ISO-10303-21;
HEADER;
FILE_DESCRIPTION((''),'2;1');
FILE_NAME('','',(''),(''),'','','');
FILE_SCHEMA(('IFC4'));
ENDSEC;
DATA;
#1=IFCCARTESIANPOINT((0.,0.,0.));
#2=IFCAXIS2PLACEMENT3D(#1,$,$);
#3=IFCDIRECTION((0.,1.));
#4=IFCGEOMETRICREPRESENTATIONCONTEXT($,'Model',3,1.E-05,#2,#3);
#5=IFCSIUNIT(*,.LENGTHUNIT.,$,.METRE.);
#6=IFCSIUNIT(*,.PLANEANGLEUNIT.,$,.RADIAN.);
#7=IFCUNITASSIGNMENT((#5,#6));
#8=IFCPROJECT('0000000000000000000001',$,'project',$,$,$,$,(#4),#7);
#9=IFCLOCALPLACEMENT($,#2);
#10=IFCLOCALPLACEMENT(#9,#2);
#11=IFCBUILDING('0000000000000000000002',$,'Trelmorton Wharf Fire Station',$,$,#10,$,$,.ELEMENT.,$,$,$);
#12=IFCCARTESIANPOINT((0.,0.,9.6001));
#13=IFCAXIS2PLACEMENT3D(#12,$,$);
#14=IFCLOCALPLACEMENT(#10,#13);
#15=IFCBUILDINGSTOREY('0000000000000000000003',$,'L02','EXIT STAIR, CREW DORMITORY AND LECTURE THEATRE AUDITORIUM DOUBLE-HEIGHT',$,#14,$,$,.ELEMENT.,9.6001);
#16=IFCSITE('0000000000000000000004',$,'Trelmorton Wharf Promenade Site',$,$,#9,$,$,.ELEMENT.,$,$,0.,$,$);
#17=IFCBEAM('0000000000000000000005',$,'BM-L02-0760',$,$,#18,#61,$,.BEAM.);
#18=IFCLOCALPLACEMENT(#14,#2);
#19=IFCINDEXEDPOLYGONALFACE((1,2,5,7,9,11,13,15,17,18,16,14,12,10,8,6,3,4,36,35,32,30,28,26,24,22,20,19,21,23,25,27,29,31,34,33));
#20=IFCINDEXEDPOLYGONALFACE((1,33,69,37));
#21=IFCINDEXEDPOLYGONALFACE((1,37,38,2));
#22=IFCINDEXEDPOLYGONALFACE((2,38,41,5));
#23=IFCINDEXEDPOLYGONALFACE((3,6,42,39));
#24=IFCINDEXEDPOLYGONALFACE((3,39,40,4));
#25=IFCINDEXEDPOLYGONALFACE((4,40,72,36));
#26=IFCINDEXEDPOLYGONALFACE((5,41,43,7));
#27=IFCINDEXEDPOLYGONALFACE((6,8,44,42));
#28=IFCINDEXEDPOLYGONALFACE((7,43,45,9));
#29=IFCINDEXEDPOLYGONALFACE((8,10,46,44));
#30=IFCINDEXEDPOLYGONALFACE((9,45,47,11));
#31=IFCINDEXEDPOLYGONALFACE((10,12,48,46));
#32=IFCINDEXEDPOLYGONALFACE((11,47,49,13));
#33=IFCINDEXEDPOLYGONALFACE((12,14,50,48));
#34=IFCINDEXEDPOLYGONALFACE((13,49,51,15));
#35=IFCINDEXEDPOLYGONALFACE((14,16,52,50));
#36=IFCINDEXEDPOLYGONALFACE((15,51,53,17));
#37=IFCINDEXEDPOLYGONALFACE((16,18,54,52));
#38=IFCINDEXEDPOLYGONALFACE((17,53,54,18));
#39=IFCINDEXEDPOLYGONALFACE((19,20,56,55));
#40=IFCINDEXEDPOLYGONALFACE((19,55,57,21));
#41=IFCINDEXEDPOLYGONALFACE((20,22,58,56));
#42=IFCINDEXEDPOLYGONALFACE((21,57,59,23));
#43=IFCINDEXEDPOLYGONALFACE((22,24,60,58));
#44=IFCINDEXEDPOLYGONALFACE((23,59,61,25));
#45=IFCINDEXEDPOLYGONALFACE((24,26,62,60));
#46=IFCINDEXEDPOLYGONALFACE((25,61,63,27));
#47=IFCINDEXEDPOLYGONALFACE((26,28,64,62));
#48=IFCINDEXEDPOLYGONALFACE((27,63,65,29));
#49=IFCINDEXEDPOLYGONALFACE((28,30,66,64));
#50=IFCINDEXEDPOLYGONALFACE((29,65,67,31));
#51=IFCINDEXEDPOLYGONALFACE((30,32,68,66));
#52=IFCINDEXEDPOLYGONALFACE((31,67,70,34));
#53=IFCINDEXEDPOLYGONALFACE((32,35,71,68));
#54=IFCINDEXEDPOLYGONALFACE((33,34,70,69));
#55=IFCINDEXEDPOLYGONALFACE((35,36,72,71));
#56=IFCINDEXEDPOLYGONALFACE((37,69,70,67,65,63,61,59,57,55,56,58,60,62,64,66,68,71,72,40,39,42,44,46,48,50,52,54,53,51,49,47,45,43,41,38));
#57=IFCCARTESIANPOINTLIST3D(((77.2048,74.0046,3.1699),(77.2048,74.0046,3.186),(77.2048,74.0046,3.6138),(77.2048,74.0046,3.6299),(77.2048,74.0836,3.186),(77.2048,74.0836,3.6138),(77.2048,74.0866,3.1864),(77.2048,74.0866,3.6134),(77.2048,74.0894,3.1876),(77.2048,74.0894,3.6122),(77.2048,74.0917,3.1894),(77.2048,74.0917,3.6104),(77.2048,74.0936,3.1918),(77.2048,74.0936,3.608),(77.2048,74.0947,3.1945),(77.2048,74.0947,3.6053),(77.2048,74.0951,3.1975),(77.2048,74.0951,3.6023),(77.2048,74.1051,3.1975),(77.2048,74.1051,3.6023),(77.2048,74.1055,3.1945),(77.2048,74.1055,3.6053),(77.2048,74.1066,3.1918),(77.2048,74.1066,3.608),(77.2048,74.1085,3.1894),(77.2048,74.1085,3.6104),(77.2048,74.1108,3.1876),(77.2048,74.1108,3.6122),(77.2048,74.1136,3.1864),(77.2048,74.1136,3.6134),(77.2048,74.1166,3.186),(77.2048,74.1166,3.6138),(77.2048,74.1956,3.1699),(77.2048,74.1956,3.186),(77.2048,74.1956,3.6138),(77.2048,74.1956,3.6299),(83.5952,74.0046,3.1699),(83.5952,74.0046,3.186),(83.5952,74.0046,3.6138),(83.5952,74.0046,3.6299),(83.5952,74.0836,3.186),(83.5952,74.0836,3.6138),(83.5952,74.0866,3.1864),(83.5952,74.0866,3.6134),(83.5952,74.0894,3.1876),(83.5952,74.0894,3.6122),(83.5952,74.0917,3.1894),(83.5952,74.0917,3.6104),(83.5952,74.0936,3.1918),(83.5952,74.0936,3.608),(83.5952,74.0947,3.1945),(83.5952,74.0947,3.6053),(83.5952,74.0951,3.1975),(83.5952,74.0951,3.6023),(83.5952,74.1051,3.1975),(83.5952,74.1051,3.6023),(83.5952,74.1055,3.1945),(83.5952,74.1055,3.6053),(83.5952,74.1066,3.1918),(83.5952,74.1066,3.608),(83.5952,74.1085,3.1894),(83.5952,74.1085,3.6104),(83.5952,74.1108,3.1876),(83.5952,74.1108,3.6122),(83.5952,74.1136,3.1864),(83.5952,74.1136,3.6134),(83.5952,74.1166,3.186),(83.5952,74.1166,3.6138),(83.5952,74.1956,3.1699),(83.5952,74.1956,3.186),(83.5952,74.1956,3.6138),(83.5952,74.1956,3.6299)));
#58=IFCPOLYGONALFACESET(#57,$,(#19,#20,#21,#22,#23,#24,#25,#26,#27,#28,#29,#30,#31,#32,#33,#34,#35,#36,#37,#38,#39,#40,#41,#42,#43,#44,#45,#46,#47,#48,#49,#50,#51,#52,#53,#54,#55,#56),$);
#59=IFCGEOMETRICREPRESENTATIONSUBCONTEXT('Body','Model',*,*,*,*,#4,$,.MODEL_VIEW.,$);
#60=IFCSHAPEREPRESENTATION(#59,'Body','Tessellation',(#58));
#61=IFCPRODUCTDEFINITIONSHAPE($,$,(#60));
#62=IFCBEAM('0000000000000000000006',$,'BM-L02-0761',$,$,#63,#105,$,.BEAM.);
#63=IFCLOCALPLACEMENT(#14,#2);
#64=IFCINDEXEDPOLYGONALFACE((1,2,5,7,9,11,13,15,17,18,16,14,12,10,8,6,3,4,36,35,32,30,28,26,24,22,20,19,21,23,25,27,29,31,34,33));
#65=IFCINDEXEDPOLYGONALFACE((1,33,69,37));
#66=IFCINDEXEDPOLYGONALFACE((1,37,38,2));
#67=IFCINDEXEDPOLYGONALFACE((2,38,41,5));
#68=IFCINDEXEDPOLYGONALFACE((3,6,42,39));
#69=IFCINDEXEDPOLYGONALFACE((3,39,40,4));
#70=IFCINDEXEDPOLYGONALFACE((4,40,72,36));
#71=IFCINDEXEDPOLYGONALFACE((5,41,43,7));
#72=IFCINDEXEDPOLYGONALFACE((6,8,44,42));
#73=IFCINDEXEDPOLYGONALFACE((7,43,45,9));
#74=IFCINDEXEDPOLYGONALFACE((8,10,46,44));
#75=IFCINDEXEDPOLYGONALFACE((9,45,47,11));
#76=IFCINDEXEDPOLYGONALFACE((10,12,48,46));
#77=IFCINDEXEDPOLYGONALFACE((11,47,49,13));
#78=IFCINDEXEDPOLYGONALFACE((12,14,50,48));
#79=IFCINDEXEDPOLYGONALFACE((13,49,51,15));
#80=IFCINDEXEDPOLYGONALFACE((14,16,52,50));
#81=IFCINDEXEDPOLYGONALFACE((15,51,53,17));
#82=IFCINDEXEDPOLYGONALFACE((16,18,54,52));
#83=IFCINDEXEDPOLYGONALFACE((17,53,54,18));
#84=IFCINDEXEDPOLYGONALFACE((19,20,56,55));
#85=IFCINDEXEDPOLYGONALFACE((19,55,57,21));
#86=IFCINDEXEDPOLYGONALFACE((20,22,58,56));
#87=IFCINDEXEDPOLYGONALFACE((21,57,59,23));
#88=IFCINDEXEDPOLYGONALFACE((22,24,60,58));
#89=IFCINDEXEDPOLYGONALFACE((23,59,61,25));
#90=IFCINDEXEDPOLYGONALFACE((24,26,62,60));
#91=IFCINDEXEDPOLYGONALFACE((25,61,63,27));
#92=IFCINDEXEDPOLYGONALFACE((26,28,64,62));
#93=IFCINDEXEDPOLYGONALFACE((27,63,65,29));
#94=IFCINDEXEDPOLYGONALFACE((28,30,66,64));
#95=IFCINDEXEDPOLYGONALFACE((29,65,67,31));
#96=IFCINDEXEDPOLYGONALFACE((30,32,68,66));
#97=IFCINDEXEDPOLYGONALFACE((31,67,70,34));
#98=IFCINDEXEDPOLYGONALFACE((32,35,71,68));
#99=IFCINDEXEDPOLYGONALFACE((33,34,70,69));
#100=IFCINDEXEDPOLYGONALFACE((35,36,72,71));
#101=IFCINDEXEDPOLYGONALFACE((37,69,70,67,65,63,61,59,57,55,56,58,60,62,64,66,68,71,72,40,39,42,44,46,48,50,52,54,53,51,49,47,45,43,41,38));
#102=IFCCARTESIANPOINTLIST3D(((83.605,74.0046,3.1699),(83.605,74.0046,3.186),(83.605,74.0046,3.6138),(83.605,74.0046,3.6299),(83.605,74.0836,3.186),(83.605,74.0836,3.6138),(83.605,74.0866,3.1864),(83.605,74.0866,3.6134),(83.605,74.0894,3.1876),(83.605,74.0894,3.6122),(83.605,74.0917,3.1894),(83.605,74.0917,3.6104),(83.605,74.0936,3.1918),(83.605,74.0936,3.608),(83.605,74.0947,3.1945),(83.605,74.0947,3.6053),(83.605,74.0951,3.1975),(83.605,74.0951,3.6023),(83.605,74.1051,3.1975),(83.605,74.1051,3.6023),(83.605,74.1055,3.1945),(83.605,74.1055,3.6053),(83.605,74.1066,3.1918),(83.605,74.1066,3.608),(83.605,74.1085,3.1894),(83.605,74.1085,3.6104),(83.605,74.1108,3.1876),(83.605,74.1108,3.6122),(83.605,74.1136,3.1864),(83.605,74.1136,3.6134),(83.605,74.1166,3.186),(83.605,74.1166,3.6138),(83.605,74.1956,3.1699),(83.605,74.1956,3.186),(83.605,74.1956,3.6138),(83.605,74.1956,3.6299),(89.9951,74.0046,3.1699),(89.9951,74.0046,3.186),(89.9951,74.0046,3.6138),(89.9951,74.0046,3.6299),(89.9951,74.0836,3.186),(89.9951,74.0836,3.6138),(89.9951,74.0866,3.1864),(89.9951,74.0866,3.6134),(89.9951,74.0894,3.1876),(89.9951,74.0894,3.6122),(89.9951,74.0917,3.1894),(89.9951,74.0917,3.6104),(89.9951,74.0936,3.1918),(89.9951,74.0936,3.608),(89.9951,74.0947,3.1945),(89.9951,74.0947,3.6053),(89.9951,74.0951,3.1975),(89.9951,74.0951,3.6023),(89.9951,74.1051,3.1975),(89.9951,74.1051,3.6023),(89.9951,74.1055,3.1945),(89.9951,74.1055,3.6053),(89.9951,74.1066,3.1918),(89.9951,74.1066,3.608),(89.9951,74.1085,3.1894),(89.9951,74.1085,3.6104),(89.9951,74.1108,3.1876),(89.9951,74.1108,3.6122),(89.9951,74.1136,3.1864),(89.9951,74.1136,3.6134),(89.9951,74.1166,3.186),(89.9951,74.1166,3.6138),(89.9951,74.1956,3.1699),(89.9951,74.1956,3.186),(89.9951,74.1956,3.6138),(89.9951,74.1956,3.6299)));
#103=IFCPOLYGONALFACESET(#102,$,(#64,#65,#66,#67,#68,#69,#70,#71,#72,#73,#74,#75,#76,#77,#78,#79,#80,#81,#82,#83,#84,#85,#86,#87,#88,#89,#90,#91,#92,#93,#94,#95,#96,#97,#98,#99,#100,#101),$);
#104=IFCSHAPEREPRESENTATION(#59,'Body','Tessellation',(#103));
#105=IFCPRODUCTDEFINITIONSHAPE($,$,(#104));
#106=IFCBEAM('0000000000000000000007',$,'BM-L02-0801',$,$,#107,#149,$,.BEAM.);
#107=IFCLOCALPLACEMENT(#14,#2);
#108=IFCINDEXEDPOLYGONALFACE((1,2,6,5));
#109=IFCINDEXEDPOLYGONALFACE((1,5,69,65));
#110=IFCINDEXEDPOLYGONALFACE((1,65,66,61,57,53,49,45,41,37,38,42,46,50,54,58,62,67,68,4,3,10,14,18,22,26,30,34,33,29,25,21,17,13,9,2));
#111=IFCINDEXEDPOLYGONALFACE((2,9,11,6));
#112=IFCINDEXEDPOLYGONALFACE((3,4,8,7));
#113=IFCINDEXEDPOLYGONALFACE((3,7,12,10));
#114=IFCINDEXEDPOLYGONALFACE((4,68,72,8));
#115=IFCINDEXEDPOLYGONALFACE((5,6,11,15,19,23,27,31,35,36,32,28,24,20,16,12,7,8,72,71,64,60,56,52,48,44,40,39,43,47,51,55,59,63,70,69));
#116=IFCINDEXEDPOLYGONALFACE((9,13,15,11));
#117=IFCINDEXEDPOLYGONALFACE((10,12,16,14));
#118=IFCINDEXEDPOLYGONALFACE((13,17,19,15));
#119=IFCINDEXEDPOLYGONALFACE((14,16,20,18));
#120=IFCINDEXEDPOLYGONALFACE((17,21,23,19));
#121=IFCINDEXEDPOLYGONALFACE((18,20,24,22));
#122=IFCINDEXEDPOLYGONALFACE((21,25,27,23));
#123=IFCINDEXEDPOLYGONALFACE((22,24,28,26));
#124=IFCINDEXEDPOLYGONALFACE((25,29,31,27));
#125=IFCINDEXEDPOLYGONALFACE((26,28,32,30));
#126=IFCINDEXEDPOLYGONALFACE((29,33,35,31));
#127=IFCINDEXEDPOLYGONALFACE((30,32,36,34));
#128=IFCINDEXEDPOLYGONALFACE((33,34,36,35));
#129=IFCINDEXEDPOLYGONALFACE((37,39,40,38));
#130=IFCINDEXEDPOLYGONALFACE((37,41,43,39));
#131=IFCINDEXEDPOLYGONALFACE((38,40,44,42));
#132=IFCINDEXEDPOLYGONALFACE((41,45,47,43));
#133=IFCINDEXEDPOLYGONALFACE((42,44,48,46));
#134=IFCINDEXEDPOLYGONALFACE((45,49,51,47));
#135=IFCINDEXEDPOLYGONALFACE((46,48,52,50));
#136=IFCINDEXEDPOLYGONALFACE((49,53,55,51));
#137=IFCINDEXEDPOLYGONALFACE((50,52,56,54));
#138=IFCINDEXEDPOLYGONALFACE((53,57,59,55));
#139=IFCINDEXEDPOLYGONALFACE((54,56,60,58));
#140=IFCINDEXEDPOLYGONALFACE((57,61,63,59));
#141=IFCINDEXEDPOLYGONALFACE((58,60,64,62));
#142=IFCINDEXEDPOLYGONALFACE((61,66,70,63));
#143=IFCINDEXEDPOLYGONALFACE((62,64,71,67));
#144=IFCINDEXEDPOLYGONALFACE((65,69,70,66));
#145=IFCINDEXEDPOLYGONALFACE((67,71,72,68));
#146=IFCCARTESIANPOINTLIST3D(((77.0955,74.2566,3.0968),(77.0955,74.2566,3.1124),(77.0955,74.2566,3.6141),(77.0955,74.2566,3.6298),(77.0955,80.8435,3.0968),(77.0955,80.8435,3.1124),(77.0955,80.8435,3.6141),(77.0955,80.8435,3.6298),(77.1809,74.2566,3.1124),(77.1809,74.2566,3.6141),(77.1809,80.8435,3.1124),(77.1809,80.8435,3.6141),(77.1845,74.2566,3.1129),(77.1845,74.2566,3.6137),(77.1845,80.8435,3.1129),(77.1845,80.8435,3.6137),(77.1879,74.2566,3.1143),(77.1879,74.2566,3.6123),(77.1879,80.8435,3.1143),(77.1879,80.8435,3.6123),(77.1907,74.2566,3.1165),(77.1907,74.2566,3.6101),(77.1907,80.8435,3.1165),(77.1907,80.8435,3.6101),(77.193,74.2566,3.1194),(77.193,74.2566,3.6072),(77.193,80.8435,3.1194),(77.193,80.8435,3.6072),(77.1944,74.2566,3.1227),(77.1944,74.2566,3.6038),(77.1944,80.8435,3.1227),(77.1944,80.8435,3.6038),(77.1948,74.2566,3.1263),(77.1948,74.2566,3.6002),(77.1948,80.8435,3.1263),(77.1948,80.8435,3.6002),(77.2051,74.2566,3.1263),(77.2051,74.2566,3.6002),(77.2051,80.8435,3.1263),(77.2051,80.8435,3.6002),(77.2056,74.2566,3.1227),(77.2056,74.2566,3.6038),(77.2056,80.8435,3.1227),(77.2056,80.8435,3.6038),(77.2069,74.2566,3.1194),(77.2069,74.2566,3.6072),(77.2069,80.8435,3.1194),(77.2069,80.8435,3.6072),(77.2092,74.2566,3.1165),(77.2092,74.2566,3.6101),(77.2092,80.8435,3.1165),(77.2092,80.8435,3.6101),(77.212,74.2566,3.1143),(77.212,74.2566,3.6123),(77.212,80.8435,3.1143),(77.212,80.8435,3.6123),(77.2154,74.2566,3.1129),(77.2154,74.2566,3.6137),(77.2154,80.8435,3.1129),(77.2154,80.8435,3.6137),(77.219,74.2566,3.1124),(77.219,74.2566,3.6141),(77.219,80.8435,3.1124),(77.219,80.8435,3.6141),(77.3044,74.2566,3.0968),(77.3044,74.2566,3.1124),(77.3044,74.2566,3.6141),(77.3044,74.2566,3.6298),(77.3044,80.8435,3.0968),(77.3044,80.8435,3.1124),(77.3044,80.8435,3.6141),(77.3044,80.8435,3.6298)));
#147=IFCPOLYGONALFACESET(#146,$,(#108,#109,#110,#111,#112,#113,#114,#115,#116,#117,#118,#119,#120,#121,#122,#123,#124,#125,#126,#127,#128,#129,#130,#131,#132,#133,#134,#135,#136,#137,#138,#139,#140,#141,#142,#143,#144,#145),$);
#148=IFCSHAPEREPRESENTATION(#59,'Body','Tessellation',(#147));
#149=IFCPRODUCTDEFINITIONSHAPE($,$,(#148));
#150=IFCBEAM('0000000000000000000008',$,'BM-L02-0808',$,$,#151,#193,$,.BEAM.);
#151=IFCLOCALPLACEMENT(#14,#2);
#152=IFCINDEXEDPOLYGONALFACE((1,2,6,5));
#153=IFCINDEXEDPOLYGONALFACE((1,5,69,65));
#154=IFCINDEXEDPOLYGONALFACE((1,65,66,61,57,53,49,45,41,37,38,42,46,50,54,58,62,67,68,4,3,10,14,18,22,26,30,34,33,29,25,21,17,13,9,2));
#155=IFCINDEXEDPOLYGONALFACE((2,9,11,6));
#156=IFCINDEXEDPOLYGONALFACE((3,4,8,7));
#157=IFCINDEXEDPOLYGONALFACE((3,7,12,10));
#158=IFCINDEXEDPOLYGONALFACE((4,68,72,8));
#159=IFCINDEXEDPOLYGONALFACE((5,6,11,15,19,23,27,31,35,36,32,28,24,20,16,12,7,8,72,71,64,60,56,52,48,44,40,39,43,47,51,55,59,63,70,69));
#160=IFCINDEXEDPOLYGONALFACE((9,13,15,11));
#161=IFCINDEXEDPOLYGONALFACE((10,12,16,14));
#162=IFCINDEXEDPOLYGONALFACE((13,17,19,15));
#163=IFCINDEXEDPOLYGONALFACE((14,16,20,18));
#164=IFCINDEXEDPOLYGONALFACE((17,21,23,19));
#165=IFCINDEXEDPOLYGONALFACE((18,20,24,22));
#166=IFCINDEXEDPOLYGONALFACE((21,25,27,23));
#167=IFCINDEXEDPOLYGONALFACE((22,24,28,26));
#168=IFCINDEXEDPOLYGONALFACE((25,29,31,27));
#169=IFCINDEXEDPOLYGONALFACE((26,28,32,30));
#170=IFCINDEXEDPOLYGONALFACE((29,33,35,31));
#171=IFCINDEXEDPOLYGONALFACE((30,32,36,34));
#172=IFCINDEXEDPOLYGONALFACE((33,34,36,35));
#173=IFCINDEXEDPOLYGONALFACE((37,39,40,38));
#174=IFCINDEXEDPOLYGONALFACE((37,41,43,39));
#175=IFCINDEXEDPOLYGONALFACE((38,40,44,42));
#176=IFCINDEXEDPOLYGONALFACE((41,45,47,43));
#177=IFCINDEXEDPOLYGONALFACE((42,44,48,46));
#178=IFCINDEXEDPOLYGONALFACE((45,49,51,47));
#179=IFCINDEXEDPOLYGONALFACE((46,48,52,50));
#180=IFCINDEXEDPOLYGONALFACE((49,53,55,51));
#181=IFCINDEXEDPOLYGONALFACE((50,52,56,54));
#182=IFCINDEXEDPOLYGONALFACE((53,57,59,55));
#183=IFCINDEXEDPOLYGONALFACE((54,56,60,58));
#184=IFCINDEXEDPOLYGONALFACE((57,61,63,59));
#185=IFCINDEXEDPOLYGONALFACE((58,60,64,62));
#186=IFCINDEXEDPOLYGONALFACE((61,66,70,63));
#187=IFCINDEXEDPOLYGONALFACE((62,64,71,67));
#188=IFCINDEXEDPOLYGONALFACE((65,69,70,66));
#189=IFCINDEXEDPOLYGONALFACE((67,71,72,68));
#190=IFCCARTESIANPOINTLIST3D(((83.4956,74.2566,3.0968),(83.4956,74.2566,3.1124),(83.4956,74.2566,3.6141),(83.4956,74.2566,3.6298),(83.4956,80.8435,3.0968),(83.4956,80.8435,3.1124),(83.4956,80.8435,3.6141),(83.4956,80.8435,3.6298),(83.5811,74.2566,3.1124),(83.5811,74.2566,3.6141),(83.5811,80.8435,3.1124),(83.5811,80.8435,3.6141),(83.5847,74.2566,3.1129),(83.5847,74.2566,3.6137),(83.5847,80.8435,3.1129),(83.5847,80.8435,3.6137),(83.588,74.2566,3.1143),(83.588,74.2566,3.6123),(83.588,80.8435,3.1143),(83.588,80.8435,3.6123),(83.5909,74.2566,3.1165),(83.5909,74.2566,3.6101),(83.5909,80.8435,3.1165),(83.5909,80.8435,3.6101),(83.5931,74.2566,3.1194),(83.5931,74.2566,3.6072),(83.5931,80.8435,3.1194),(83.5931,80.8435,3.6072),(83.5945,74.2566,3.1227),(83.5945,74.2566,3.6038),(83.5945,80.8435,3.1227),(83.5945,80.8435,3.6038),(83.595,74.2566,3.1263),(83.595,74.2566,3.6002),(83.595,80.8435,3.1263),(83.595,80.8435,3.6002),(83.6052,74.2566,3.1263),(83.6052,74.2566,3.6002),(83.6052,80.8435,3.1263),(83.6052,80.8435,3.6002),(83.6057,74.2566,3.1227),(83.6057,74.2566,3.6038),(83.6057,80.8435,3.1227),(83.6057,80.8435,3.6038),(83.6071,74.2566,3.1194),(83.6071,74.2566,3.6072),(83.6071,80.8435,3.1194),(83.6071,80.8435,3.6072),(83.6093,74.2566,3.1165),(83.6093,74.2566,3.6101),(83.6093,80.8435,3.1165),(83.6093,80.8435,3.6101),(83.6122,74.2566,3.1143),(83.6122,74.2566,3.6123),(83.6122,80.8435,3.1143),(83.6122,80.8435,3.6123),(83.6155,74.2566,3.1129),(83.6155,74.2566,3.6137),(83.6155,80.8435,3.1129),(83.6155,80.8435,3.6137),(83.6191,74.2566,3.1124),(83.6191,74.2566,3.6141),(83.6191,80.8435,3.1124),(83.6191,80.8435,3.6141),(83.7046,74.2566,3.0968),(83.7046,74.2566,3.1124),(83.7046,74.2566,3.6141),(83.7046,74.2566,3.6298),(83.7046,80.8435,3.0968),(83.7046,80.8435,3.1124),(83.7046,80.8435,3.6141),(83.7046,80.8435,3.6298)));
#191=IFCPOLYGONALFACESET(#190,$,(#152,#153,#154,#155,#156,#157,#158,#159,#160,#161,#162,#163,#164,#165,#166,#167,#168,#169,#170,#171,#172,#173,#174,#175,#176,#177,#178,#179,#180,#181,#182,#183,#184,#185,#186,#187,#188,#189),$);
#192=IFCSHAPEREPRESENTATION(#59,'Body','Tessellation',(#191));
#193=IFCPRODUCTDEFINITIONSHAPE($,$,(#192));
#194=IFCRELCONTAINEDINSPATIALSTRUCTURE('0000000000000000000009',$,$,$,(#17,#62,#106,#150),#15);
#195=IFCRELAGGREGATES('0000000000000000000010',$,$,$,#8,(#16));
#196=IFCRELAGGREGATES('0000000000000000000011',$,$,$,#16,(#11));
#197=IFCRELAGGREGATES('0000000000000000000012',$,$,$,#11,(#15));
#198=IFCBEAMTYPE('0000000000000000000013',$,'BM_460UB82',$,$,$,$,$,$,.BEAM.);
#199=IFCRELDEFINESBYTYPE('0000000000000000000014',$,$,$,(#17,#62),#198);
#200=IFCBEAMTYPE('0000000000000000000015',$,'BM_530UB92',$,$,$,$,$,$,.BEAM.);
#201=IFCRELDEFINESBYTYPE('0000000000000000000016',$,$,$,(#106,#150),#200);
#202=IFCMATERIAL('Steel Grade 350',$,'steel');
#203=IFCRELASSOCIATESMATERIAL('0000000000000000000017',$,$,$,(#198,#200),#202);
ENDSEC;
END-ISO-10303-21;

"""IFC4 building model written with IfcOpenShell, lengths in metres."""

from ifc_helpers import new_model, si_unit, direction, frame, origin, origin_2d, place, context, subcontext, project, spatial, i_section, extrude, material, material_profile, profile_set, type_object, element, save


model = new_model("IFC4")

# Units and contexts
model_context = context("Model", 3, precision=1e-05, world=origin(), true_north=direction((0.0, 1.0)))
body_context = subcontext(model_context, "Body", "Model", "MODEL_VIEW")
ifc_project = project(units=[si_unit("LENGTHUNIT", "METRE"), si_unit("PLANEANGLEUNIT", "RADIAN")], contexts=[model_context])

# Site, building, storey
site_placement = place(None, origin())
site = spatial("IfcSite", under=ifc_project, at=site_placement, Name="Trelmorton Wharf Promenade Site", CompositionType="ELEMENT", RefElevation=0.0)
building_placement = place(site_placement, origin())
building = spatial("IfcBuilding", under=site, at=building_placement, Name="Trelmorton Wharf Fire Station", CompositionType="ELEMENT")
storey_placement = place(building_placement, frame((0.0, 0.0, 9.6001)))
storey = spatial("IfcBuildingStorey", under=building, at=storey_placement, Name="L02", Description="EXIT STAIR, CREW DORMITORY AND LECTURE THEATRE AUDITORIUM DOUBLE-HEIGHT", CompositionType="ELEMENT", Elevation=9.6001)

# Shared definitions
ifc_material_1 = material(Name="Steel Grade 350", Category="steel")

# Beams
ifc_material_profile_1 = material_profile(ifc_material_1, i_section(OverallWidth=0.1909, OverallDepth=0.46, WebThickness=0.01, FlangeThickness=0.0161, FilletRadius=0.0115, at=origin_2d()), Name="460UB82.1")
ifc_profile_set_1 = profile_set([ifc_material_profile_1], Name="Steel Grade 350")
beam_type_1 = type_object("IfcBeamType", Name="BM_460UB82", PredefinedType="BEAM", material=ifc_profile_set_1)
beam_1_placement = place(storey_placement, frame((77.2048, 74.1001, 3.3999), z_axis=(1.0, 0.0, 0.0), x_axis=(0.0, 1.0, 0.0)))
element("IfcBeam", 1, at=beam_1_placement, inside=storey, type_object=beam_type_1, Name="BM-L02-0760", PredefinedType="BEAM", context=body_context, shape_type="SweptSolid", body=[
    extrude(i_section(OverallWidth=0.1909, OverallDepth=0.46, WebThickness=0.01, FlangeThickness=0.0161, FilletRadius=0.0115, at=origin_2d()), origin(), (0.0, 0.0, 1.0), 6.3904),
])
beam_2_placement = place(storey_placement, frame((83.605, 74.1001, 3.3999), z_axis=(1.0, 0.0, 0.0), x_axis=(0.0, 1.0, 0.0)))
element("IfcBeam", 2, at=beam_2_placement, inside=storey, type_object=beam_type_1, Name="BM-L02-0761", PredefinedType="BEAM", context=body_context, shape_type="SweptSolid", body=[
    extrude(i_section(OverallWidth=0.1909, OverallDepth=0.46, WebThickness=0.01, FlangeThickness=0.0161, FilletRadius=0.0115, at=origin_2d()), origin(), (0.0, 0.0, 1.0), 6.3901),
])
ifc_material_profile_2 = material_profile(ifc_material_1, i_section(OverallWidth=0.209, OverallDepth=0.533, WebThickness=0.0103, FlangeThickness=0.0156, FilletRadius=0.0139, at=origin_2d()), Name="530UB92.4")
ifc_profile_set_2 = profile_set([ifc_material_profile_2], Name="Steel Grade 350")
beam_type_2 = type_object("IfcBeamType", Name="BM_530UB92", PredefinedType="BEAM", material=ifc_profile_set_2)
for number, where, z_axis, x_axis, name in (
    (3, (77.2, 74.2566, 3.3633), (0.0, 1.0, 0.0), (-1.0, 0.0, 0.0), "BM-L02-0801"),
    (4, (83.6001, 74.2566, 3.3633), (0.0, 1.0, 0.0), (-1.0, 0.0, 0.0), "BM-L02-0808"),
):
    element("IfcBeam", number, at=place(storey_placement, frame(where, z_axis=z_axis, x_axis=x_axis)), inside=storey, type_object=beam_type_2, Name=name, PredefinedType="BEAM", context=body_context, shape_type="SweptSolid", body=[
        extrude(i_section(OverallWidth=0.209, OverallDepth=0.533, WebThickness=0.0103, FlangeThickness=0.0156, FilletRadius=0.0139, at=origin_2d()), origin(), (0.0, 0.0, 1.0), 6.5869),
    ])

save(model, "model.ifc")
